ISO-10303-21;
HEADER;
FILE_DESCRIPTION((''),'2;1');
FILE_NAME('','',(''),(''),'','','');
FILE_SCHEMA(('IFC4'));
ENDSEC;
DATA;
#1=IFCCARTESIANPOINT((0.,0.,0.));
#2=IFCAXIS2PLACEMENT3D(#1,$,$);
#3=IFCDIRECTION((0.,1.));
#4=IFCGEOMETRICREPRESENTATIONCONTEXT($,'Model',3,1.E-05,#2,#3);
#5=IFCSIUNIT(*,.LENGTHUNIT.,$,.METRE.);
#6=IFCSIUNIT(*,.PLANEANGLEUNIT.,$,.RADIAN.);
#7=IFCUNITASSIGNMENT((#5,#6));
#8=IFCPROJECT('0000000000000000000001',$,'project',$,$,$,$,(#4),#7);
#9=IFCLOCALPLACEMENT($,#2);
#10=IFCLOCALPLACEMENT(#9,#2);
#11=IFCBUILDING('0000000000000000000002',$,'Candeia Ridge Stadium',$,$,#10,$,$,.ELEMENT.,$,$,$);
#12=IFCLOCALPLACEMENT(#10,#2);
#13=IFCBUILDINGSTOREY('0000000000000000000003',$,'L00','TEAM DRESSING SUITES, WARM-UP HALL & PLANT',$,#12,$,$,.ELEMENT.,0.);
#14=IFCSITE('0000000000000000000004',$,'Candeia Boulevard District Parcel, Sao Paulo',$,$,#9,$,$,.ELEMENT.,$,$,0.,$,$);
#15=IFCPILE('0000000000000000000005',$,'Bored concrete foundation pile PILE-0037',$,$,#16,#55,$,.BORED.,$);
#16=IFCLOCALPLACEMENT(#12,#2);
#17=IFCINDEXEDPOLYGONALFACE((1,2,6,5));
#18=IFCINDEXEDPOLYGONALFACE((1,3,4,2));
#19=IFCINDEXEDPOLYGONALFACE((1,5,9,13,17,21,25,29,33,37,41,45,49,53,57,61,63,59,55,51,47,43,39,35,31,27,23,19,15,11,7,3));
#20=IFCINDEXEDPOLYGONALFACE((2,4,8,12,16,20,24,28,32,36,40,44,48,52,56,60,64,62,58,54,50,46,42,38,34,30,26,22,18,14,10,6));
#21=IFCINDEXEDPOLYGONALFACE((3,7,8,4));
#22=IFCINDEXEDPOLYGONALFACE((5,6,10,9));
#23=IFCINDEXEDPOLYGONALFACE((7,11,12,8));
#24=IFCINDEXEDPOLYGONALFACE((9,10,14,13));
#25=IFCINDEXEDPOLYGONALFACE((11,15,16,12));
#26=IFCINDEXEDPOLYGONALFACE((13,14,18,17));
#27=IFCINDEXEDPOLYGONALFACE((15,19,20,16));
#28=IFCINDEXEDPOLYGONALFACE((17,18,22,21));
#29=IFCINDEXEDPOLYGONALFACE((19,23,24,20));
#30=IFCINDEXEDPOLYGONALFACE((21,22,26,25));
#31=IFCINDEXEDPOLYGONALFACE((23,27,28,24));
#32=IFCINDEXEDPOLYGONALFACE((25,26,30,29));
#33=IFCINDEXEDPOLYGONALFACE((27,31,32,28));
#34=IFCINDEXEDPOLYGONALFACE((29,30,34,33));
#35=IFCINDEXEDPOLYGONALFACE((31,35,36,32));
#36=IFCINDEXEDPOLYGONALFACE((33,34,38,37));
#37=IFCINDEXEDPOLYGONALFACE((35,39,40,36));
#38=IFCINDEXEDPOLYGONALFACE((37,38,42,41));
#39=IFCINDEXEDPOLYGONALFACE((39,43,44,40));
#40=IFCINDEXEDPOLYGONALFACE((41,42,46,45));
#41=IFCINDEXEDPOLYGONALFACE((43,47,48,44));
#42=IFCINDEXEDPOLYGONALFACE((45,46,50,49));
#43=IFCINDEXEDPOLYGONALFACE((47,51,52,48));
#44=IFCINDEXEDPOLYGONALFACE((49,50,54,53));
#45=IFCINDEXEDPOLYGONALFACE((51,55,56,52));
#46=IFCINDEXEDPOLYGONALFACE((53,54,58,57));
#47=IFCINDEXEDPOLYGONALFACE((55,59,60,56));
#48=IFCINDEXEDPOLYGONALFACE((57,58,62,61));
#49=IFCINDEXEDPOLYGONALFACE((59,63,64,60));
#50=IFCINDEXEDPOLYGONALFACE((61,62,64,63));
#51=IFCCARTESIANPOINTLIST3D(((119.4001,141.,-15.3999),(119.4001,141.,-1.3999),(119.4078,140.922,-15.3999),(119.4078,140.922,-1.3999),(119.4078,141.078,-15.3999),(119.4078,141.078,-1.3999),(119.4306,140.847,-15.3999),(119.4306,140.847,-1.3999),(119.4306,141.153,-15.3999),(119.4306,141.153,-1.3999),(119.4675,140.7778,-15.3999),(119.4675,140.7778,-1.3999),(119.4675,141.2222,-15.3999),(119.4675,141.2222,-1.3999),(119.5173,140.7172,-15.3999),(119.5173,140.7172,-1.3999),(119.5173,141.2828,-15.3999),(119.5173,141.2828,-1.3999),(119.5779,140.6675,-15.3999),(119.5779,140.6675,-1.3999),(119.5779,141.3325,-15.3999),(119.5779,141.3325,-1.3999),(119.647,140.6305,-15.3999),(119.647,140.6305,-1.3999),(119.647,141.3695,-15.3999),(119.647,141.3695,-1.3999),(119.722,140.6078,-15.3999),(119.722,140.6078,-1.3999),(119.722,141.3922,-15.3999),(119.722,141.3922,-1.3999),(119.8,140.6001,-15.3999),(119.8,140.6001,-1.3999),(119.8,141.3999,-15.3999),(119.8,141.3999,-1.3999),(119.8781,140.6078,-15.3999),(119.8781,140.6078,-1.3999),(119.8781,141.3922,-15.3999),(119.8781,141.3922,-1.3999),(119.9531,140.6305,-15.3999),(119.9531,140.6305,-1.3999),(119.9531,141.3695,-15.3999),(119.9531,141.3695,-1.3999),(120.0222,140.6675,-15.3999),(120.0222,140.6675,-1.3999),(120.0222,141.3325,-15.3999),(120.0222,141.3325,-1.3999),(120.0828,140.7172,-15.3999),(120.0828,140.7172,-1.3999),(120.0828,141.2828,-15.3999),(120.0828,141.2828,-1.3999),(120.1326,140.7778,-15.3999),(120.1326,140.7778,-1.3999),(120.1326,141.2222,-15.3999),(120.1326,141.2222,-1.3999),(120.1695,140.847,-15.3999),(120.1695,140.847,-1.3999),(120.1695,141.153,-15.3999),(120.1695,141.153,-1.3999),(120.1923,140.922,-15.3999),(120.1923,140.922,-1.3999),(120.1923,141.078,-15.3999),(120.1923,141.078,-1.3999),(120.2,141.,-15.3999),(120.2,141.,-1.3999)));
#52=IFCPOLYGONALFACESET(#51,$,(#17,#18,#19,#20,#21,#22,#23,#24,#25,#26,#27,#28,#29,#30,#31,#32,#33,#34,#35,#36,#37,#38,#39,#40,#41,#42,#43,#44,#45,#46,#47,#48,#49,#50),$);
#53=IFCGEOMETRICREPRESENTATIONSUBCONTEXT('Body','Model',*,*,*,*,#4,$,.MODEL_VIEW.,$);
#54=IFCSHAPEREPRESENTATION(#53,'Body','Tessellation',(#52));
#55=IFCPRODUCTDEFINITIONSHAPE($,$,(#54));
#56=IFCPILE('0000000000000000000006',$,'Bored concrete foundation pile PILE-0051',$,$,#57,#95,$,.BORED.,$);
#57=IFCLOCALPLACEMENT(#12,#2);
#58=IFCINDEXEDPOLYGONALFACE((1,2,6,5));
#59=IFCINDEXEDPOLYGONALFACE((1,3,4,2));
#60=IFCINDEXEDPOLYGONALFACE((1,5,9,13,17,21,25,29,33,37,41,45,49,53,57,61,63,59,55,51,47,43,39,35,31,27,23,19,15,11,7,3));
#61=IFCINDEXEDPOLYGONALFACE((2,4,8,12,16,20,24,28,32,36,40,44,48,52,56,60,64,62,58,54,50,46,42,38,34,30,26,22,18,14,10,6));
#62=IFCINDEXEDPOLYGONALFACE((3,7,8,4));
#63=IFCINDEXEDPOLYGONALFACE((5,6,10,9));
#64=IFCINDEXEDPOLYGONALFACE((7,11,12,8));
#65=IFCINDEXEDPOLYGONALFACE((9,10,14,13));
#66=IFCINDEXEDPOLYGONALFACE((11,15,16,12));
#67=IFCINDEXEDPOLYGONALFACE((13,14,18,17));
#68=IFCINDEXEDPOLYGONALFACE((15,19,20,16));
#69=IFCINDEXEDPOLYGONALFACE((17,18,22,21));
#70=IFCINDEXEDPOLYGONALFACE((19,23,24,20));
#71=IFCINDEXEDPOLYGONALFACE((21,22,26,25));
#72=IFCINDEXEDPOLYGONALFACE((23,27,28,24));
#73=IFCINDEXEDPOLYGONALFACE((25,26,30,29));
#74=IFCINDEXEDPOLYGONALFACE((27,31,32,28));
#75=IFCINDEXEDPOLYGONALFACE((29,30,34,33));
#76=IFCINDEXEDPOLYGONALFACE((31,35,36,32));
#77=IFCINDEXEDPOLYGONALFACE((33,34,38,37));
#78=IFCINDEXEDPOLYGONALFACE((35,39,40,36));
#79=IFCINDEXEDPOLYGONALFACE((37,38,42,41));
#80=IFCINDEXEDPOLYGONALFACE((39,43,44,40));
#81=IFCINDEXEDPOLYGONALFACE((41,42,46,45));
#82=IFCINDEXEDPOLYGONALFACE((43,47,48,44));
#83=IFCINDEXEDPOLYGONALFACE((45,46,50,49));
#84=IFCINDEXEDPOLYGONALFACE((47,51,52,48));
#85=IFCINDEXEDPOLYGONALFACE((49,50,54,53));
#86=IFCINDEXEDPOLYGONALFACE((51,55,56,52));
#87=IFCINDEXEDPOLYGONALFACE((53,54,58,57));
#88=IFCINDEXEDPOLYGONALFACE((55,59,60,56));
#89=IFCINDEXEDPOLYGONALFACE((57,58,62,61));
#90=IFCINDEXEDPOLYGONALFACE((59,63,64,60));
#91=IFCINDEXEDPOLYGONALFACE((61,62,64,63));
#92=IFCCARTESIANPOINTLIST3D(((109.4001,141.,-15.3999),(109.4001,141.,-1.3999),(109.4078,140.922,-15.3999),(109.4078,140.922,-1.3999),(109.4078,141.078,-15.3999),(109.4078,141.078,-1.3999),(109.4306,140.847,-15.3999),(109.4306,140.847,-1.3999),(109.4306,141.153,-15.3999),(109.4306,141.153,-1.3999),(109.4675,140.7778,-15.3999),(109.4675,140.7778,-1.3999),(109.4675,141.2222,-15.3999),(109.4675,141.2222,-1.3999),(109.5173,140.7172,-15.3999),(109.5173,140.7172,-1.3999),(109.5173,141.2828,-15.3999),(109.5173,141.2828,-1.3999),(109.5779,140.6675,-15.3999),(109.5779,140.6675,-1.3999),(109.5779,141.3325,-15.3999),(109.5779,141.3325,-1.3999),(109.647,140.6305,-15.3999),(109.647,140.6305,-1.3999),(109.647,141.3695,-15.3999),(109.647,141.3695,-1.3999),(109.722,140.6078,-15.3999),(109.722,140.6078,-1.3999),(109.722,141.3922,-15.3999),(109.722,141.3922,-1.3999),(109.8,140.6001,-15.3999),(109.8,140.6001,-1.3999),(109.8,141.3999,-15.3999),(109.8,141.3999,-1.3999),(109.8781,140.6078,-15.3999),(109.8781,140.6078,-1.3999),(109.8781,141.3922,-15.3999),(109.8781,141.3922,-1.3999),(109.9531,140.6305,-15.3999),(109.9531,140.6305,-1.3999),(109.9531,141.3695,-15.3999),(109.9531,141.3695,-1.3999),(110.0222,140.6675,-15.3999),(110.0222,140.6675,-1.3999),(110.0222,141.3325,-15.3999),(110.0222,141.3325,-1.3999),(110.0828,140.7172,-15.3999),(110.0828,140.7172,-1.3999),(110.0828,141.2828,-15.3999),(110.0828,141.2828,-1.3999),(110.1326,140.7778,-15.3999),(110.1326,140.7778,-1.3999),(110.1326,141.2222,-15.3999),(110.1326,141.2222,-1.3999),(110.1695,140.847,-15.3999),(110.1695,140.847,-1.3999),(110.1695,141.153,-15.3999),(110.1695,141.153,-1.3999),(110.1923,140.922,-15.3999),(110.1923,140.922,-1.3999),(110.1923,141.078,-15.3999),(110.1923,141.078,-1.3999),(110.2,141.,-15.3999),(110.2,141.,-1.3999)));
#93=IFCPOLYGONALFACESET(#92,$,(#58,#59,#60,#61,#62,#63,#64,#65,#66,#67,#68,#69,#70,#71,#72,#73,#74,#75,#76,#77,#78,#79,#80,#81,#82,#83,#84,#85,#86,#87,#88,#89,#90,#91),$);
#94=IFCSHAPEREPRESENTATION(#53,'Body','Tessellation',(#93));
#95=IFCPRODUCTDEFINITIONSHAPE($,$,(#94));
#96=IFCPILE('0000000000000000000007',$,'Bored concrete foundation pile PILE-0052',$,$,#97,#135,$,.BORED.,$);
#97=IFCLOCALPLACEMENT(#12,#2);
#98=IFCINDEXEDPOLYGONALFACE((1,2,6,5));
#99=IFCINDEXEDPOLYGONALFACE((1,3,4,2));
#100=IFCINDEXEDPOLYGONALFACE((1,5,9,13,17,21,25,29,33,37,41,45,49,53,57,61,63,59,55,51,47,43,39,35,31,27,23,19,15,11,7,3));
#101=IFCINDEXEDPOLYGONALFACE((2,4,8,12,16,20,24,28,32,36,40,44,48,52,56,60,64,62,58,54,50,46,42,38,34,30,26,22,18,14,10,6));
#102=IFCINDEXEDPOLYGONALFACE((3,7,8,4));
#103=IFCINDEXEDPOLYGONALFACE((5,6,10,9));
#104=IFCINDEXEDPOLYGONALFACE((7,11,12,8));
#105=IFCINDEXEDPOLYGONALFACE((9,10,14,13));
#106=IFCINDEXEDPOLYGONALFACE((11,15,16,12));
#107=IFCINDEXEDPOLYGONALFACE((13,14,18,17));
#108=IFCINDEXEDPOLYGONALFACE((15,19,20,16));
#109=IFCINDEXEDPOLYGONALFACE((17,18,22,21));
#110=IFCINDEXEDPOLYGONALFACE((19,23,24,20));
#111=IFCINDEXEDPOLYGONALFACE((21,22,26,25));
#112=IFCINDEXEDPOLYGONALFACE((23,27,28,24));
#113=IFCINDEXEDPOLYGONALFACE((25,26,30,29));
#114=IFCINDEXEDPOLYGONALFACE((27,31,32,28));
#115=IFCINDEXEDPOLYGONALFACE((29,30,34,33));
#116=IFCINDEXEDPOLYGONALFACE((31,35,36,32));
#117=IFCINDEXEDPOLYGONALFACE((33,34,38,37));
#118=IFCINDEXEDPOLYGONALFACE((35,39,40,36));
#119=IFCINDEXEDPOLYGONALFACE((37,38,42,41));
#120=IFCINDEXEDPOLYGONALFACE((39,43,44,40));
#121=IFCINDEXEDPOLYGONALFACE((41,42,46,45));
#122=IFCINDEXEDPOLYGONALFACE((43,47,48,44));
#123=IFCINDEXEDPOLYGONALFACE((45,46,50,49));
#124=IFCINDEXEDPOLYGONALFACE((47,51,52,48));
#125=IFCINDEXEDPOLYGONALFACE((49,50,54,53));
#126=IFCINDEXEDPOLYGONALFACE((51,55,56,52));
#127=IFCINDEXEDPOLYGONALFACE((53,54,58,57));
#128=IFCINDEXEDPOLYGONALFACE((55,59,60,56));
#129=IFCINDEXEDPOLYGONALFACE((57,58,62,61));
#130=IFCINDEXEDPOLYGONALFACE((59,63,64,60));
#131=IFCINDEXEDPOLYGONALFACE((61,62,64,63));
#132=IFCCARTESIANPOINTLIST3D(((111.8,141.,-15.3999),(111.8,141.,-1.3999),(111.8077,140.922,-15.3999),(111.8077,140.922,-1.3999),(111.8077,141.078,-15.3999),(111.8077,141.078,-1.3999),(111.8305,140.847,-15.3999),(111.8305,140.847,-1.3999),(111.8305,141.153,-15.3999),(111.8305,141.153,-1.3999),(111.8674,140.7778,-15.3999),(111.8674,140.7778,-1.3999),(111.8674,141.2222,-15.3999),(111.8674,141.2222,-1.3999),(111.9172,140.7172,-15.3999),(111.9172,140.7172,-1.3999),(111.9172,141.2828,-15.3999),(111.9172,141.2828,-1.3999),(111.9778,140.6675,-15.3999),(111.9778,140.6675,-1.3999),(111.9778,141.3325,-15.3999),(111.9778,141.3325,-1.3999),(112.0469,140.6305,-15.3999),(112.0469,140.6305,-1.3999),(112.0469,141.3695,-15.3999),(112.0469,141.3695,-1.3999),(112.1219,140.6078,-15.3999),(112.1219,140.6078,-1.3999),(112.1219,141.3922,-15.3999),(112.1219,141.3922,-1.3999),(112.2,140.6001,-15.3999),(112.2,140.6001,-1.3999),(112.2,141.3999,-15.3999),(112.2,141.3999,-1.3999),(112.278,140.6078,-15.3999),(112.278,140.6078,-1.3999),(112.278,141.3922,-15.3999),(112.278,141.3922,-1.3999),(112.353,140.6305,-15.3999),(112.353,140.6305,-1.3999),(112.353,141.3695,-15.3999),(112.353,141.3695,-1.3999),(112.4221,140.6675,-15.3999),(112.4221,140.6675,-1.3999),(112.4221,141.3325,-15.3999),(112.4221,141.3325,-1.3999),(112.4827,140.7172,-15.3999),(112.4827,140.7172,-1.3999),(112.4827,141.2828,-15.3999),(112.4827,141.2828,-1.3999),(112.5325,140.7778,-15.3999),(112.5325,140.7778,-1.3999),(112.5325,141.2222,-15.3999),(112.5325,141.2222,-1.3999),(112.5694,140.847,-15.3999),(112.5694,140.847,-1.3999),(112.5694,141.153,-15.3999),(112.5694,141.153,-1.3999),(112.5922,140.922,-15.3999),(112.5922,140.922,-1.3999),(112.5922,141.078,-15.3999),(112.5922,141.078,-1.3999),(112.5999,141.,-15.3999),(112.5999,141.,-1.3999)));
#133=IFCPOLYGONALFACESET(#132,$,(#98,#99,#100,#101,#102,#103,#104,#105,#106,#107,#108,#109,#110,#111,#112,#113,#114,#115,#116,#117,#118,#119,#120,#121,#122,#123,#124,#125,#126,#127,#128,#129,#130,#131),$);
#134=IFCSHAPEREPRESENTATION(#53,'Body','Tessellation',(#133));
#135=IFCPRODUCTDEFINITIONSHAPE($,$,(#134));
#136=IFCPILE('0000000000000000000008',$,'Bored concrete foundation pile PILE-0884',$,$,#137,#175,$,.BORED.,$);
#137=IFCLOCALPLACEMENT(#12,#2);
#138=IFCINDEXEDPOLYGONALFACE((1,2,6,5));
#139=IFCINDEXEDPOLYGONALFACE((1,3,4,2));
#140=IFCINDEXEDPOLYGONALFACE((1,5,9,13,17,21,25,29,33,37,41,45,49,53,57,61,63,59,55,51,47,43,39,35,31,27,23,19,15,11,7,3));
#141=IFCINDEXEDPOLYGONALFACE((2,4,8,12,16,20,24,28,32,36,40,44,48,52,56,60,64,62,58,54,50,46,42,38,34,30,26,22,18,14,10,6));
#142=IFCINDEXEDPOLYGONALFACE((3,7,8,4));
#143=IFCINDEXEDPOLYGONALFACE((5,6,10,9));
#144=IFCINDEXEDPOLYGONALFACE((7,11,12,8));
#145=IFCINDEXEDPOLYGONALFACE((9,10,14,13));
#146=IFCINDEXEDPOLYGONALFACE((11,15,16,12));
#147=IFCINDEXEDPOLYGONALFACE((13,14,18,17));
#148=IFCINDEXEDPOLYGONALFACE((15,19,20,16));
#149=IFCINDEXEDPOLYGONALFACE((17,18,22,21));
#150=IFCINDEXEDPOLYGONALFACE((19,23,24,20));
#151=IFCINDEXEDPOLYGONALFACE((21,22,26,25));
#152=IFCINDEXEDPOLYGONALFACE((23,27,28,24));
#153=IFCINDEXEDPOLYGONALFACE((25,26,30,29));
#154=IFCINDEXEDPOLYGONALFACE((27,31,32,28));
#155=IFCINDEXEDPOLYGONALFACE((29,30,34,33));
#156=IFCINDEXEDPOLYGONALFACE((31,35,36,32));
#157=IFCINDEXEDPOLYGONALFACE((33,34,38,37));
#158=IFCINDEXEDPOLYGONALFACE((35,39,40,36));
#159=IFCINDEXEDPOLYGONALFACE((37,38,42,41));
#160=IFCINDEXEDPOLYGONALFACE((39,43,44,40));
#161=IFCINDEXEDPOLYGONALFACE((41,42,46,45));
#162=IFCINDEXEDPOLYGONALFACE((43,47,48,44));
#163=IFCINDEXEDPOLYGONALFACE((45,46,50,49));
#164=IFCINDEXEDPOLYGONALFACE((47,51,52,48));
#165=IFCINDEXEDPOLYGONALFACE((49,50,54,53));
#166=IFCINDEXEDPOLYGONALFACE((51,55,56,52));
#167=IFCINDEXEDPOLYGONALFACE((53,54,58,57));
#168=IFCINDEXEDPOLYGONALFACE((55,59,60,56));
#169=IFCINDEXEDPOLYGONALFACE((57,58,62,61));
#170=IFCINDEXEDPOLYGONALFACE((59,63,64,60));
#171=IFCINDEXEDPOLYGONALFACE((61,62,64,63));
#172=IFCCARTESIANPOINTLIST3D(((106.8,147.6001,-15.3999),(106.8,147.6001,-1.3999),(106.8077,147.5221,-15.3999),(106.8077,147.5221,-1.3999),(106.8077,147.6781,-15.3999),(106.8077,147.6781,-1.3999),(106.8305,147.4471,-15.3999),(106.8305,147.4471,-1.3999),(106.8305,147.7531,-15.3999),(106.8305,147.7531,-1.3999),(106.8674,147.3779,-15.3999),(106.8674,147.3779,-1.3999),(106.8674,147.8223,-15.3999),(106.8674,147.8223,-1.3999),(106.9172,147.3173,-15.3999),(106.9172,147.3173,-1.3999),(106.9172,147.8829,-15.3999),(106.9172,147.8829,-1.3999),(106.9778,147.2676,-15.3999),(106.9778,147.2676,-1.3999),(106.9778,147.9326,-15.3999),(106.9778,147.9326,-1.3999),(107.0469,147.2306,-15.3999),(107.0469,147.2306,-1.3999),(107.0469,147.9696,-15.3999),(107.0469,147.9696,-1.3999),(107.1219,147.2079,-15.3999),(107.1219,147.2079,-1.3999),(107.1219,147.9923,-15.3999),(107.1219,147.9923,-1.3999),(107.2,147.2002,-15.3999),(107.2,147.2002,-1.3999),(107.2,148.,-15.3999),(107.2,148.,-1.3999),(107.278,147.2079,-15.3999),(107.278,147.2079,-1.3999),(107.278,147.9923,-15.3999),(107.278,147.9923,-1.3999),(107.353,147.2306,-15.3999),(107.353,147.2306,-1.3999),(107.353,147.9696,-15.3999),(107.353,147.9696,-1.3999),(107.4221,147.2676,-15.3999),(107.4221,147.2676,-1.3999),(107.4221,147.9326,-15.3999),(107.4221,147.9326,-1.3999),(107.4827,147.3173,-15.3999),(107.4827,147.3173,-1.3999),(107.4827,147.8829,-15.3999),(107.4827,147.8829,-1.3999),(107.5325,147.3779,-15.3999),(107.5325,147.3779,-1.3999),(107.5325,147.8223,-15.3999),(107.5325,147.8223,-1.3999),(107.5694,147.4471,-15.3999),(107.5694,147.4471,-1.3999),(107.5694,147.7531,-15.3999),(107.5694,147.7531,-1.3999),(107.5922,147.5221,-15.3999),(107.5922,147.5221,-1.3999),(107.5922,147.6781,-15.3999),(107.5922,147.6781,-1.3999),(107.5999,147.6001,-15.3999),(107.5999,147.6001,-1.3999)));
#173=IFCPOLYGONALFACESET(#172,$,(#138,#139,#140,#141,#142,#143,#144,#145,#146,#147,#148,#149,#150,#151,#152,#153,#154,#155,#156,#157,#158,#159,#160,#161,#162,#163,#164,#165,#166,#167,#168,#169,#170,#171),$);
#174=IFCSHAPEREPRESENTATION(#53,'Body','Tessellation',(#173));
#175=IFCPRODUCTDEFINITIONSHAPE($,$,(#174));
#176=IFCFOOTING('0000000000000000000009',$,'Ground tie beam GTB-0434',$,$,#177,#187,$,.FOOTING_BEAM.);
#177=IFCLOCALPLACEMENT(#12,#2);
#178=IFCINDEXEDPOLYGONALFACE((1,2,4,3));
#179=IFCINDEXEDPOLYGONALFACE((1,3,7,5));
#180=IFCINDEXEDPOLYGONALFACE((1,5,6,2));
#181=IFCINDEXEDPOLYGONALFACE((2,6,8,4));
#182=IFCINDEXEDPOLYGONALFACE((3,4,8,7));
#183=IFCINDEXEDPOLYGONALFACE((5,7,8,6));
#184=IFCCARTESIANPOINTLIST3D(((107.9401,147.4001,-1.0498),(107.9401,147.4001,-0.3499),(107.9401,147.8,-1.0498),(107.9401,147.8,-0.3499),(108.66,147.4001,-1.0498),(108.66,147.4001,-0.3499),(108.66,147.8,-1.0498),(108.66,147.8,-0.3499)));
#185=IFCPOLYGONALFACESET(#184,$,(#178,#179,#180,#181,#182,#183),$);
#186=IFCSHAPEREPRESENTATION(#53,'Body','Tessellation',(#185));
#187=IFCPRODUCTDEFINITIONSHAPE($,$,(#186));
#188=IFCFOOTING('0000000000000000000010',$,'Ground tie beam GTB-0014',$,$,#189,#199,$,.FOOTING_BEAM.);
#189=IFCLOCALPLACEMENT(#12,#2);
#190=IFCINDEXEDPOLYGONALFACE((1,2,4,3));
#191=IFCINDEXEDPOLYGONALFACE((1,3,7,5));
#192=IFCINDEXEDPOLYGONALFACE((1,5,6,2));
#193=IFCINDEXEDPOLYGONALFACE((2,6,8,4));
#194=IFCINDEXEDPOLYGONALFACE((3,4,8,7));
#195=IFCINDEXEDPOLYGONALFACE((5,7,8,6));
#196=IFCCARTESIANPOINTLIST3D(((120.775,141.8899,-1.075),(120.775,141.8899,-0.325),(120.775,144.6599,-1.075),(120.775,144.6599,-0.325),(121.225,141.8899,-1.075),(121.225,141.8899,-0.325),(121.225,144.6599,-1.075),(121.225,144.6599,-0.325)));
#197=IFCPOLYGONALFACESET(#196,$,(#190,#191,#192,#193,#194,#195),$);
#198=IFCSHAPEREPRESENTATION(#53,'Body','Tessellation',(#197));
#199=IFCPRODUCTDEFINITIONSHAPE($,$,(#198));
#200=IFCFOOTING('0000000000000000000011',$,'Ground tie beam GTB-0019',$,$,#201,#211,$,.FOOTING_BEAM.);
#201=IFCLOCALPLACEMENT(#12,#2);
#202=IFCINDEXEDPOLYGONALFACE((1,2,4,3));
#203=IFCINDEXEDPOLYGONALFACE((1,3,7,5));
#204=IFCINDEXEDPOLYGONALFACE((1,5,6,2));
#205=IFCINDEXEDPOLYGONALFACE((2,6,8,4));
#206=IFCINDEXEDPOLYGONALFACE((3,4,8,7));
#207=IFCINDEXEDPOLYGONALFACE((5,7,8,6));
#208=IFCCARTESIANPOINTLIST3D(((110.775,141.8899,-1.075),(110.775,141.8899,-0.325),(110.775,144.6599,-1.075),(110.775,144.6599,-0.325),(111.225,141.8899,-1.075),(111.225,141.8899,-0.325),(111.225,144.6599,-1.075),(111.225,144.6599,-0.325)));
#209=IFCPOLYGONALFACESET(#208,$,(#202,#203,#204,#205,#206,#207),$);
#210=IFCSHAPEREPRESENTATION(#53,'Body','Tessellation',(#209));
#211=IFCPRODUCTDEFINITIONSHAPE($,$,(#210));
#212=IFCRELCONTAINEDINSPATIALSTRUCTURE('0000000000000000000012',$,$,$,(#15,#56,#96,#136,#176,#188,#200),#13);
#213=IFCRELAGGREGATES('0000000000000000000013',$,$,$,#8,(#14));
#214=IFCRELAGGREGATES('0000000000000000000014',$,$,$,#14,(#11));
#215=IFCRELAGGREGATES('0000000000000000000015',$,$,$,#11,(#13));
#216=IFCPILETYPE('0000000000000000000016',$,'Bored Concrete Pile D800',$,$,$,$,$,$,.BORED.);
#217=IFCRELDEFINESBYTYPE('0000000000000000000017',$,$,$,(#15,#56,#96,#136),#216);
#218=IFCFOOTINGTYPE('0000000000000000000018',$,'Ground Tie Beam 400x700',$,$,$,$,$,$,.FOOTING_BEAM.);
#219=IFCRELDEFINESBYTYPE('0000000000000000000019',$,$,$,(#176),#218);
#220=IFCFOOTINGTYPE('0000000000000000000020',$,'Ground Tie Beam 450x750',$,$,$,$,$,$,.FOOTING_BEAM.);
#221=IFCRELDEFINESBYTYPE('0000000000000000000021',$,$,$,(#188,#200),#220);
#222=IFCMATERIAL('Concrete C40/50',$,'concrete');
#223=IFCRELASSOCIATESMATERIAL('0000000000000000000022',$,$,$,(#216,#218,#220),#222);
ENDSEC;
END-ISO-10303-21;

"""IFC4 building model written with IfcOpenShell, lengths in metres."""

from ifc_helpers import new_model, si_unit, direction, frame, origin, origin_2d, place, context, subcontext, project, spatial, rectangle, circle, extrude, material, material_profile, profile_set, type_object, element, save


model = new_model("IFC4")

# Units and contexts
model_context = context("Model", 3, precision=1e-05, world=origin(), true_north=direction((0.0, 1.0)))
body_context = subcontext(model_context, "Body", "Model", "MODEL_VIEW")
ifc_project = project(units=[si_unit("LENGTHUNIT", "METRE"), si_unit("PLANEANGLEUNIT", "RADIAN")], contexts=[model_context])

# Site, building, storey
site_placement = place(None, origin())
site = spatial("IfcSite", under=ifc_project, at=site_placement, Name="Candeia Boulevard District Parcel, Sao Paulo", CompositionType="ELEMENT", RefElevation=0.0)
building_placement = place(site_placement, origin())
building = spatial("IfcBuilding", under=site, at=building_placement, Name="Candeia Ridge Stadium", CompositionType="ELEMENT")
storey_placement = place(building_placement, origin())
storey = spatial("IfcBuildingStorey", under=building, at=storey_placement, Name="L00", Description="TEAM DRESSING SUITES, WARM-UP HALL & PLANT", CompositionType="ELEMENT", Elevation=0.0)

# Piles
ifc_material_1 = material(Name="Concrete C40/50", Category="concrete")
ifc_material_profile_1 = material_profile(ifc_material_1, circle(Radius=0.3999, at=origin_2d()), Name="PILE-D800", Category="concrete")
ifc_profile_set_1 = profile_set([ifc_material_profile_1], Name="Concrete C40/50")
pile_type_1 = type_object("IfcPileType", Name="Bored Concrete Pile D800", PredefinedType="BORED", material=ifc_profile_set_1)
for number, where, z_axis, x_axis, name in (
    (1, (119.8, 141.0, -1.3999), (0.0, 0.0, -1.0), (1.0, 0.0, 0.0), "Bored concrete foundation pile PILE-0037"),
    (2, (109.8, 141.0, -1.3999), (0.0, 0.0, -1.0), (1.0, 0.0, 0.0), "Bored concrete foundation pile PILE-0051"),
    (3, (112.2, 141.0, -1.3999), (0.0, 0.0, -1.0), (1.0, 0.0, 0.0), "Bored concrete foundation pile PILE-0052"),
    (4, (107.2, 147.6001, -1.3999), (0.0, 0.0, -1.0), (1.0, 0.0, 0.0), "Bored concrete foundation pile PILE-0884"),
):
    element("IfcPile", number, at=place(storey_placement, frame(where, z_axis=z_axis, x_axis=x_axis)), inside=storey, type_object=pile_type_1, Name=name, PredefinedType="BORED", context=body_context, shape_type="SweptSolid", body=[
        extrude(circle(Radius=0.3999, at=origin_2d()), origin(), (0.0, 0.0, 1.0), 14.0),
    ])

# Footings
footing_type_1 = type_object("IfcFootingType", Name="Ground Tie Beam 400x700", PredefinedType="FOOTING_BEAM", material=ifc_material_1)
footing_1_placement = place(storey_placement, frame((108.3, 147.6001, -1.0498), z_axis=(0.0, 0.0, 1.0), x_axis=(1.0, 0.0, 0.0)))
element("IfcFooting", 5, at=footing_1_placement, inside=storey, type_object=footing_type_1, Name="Ground tie beam GTB-0434", PredefinedType="FOOTING_BEAM", context=body_context, shape_type="SweptSolid", body=[
    extrude(rectangle(XDim=0.72, YDim=0.3999, at=origin_2d()), origin(), (0.0, 0.0, 1.0), 0.7),
])
footing_type_2 = type_object("IfcFootingType", Name="Ground Tie Beam 450x750", PredefinedType="FOOTING_BEAM", material=ifc_material_1)
for number, where, z_axis, x_axis, name in (
    (6, (121.0, 143.2749, -1.075), (0.0, 0.0, 1.0), (0.0, 1.0, 0.0), "Ground tie beam GTB-0014"),
    (7, (111.0, 143.2749, -1.075), (0.0, 0.0, 1.0), (0.0, 1.0, 0.0), "Ground tie beam GTB-0019"),
):
    element("IfcFooting", number, at=place(storey_placement, frame(where, z_axis=z_axis, x_axis=x_axis)), inside=storey, type_object=footing_type_2, Name=name, PredefinedType="FOOTING_BEAM", context=body_context, shape_type="SweptSolid", body=[
        extrude(rectangle(XDim=2.77, YDim=0.45, at=origin_2d()), origin(), (0.0, 0.0, 1.0), 0.75),
    ])

save(model, "model.ifc")
